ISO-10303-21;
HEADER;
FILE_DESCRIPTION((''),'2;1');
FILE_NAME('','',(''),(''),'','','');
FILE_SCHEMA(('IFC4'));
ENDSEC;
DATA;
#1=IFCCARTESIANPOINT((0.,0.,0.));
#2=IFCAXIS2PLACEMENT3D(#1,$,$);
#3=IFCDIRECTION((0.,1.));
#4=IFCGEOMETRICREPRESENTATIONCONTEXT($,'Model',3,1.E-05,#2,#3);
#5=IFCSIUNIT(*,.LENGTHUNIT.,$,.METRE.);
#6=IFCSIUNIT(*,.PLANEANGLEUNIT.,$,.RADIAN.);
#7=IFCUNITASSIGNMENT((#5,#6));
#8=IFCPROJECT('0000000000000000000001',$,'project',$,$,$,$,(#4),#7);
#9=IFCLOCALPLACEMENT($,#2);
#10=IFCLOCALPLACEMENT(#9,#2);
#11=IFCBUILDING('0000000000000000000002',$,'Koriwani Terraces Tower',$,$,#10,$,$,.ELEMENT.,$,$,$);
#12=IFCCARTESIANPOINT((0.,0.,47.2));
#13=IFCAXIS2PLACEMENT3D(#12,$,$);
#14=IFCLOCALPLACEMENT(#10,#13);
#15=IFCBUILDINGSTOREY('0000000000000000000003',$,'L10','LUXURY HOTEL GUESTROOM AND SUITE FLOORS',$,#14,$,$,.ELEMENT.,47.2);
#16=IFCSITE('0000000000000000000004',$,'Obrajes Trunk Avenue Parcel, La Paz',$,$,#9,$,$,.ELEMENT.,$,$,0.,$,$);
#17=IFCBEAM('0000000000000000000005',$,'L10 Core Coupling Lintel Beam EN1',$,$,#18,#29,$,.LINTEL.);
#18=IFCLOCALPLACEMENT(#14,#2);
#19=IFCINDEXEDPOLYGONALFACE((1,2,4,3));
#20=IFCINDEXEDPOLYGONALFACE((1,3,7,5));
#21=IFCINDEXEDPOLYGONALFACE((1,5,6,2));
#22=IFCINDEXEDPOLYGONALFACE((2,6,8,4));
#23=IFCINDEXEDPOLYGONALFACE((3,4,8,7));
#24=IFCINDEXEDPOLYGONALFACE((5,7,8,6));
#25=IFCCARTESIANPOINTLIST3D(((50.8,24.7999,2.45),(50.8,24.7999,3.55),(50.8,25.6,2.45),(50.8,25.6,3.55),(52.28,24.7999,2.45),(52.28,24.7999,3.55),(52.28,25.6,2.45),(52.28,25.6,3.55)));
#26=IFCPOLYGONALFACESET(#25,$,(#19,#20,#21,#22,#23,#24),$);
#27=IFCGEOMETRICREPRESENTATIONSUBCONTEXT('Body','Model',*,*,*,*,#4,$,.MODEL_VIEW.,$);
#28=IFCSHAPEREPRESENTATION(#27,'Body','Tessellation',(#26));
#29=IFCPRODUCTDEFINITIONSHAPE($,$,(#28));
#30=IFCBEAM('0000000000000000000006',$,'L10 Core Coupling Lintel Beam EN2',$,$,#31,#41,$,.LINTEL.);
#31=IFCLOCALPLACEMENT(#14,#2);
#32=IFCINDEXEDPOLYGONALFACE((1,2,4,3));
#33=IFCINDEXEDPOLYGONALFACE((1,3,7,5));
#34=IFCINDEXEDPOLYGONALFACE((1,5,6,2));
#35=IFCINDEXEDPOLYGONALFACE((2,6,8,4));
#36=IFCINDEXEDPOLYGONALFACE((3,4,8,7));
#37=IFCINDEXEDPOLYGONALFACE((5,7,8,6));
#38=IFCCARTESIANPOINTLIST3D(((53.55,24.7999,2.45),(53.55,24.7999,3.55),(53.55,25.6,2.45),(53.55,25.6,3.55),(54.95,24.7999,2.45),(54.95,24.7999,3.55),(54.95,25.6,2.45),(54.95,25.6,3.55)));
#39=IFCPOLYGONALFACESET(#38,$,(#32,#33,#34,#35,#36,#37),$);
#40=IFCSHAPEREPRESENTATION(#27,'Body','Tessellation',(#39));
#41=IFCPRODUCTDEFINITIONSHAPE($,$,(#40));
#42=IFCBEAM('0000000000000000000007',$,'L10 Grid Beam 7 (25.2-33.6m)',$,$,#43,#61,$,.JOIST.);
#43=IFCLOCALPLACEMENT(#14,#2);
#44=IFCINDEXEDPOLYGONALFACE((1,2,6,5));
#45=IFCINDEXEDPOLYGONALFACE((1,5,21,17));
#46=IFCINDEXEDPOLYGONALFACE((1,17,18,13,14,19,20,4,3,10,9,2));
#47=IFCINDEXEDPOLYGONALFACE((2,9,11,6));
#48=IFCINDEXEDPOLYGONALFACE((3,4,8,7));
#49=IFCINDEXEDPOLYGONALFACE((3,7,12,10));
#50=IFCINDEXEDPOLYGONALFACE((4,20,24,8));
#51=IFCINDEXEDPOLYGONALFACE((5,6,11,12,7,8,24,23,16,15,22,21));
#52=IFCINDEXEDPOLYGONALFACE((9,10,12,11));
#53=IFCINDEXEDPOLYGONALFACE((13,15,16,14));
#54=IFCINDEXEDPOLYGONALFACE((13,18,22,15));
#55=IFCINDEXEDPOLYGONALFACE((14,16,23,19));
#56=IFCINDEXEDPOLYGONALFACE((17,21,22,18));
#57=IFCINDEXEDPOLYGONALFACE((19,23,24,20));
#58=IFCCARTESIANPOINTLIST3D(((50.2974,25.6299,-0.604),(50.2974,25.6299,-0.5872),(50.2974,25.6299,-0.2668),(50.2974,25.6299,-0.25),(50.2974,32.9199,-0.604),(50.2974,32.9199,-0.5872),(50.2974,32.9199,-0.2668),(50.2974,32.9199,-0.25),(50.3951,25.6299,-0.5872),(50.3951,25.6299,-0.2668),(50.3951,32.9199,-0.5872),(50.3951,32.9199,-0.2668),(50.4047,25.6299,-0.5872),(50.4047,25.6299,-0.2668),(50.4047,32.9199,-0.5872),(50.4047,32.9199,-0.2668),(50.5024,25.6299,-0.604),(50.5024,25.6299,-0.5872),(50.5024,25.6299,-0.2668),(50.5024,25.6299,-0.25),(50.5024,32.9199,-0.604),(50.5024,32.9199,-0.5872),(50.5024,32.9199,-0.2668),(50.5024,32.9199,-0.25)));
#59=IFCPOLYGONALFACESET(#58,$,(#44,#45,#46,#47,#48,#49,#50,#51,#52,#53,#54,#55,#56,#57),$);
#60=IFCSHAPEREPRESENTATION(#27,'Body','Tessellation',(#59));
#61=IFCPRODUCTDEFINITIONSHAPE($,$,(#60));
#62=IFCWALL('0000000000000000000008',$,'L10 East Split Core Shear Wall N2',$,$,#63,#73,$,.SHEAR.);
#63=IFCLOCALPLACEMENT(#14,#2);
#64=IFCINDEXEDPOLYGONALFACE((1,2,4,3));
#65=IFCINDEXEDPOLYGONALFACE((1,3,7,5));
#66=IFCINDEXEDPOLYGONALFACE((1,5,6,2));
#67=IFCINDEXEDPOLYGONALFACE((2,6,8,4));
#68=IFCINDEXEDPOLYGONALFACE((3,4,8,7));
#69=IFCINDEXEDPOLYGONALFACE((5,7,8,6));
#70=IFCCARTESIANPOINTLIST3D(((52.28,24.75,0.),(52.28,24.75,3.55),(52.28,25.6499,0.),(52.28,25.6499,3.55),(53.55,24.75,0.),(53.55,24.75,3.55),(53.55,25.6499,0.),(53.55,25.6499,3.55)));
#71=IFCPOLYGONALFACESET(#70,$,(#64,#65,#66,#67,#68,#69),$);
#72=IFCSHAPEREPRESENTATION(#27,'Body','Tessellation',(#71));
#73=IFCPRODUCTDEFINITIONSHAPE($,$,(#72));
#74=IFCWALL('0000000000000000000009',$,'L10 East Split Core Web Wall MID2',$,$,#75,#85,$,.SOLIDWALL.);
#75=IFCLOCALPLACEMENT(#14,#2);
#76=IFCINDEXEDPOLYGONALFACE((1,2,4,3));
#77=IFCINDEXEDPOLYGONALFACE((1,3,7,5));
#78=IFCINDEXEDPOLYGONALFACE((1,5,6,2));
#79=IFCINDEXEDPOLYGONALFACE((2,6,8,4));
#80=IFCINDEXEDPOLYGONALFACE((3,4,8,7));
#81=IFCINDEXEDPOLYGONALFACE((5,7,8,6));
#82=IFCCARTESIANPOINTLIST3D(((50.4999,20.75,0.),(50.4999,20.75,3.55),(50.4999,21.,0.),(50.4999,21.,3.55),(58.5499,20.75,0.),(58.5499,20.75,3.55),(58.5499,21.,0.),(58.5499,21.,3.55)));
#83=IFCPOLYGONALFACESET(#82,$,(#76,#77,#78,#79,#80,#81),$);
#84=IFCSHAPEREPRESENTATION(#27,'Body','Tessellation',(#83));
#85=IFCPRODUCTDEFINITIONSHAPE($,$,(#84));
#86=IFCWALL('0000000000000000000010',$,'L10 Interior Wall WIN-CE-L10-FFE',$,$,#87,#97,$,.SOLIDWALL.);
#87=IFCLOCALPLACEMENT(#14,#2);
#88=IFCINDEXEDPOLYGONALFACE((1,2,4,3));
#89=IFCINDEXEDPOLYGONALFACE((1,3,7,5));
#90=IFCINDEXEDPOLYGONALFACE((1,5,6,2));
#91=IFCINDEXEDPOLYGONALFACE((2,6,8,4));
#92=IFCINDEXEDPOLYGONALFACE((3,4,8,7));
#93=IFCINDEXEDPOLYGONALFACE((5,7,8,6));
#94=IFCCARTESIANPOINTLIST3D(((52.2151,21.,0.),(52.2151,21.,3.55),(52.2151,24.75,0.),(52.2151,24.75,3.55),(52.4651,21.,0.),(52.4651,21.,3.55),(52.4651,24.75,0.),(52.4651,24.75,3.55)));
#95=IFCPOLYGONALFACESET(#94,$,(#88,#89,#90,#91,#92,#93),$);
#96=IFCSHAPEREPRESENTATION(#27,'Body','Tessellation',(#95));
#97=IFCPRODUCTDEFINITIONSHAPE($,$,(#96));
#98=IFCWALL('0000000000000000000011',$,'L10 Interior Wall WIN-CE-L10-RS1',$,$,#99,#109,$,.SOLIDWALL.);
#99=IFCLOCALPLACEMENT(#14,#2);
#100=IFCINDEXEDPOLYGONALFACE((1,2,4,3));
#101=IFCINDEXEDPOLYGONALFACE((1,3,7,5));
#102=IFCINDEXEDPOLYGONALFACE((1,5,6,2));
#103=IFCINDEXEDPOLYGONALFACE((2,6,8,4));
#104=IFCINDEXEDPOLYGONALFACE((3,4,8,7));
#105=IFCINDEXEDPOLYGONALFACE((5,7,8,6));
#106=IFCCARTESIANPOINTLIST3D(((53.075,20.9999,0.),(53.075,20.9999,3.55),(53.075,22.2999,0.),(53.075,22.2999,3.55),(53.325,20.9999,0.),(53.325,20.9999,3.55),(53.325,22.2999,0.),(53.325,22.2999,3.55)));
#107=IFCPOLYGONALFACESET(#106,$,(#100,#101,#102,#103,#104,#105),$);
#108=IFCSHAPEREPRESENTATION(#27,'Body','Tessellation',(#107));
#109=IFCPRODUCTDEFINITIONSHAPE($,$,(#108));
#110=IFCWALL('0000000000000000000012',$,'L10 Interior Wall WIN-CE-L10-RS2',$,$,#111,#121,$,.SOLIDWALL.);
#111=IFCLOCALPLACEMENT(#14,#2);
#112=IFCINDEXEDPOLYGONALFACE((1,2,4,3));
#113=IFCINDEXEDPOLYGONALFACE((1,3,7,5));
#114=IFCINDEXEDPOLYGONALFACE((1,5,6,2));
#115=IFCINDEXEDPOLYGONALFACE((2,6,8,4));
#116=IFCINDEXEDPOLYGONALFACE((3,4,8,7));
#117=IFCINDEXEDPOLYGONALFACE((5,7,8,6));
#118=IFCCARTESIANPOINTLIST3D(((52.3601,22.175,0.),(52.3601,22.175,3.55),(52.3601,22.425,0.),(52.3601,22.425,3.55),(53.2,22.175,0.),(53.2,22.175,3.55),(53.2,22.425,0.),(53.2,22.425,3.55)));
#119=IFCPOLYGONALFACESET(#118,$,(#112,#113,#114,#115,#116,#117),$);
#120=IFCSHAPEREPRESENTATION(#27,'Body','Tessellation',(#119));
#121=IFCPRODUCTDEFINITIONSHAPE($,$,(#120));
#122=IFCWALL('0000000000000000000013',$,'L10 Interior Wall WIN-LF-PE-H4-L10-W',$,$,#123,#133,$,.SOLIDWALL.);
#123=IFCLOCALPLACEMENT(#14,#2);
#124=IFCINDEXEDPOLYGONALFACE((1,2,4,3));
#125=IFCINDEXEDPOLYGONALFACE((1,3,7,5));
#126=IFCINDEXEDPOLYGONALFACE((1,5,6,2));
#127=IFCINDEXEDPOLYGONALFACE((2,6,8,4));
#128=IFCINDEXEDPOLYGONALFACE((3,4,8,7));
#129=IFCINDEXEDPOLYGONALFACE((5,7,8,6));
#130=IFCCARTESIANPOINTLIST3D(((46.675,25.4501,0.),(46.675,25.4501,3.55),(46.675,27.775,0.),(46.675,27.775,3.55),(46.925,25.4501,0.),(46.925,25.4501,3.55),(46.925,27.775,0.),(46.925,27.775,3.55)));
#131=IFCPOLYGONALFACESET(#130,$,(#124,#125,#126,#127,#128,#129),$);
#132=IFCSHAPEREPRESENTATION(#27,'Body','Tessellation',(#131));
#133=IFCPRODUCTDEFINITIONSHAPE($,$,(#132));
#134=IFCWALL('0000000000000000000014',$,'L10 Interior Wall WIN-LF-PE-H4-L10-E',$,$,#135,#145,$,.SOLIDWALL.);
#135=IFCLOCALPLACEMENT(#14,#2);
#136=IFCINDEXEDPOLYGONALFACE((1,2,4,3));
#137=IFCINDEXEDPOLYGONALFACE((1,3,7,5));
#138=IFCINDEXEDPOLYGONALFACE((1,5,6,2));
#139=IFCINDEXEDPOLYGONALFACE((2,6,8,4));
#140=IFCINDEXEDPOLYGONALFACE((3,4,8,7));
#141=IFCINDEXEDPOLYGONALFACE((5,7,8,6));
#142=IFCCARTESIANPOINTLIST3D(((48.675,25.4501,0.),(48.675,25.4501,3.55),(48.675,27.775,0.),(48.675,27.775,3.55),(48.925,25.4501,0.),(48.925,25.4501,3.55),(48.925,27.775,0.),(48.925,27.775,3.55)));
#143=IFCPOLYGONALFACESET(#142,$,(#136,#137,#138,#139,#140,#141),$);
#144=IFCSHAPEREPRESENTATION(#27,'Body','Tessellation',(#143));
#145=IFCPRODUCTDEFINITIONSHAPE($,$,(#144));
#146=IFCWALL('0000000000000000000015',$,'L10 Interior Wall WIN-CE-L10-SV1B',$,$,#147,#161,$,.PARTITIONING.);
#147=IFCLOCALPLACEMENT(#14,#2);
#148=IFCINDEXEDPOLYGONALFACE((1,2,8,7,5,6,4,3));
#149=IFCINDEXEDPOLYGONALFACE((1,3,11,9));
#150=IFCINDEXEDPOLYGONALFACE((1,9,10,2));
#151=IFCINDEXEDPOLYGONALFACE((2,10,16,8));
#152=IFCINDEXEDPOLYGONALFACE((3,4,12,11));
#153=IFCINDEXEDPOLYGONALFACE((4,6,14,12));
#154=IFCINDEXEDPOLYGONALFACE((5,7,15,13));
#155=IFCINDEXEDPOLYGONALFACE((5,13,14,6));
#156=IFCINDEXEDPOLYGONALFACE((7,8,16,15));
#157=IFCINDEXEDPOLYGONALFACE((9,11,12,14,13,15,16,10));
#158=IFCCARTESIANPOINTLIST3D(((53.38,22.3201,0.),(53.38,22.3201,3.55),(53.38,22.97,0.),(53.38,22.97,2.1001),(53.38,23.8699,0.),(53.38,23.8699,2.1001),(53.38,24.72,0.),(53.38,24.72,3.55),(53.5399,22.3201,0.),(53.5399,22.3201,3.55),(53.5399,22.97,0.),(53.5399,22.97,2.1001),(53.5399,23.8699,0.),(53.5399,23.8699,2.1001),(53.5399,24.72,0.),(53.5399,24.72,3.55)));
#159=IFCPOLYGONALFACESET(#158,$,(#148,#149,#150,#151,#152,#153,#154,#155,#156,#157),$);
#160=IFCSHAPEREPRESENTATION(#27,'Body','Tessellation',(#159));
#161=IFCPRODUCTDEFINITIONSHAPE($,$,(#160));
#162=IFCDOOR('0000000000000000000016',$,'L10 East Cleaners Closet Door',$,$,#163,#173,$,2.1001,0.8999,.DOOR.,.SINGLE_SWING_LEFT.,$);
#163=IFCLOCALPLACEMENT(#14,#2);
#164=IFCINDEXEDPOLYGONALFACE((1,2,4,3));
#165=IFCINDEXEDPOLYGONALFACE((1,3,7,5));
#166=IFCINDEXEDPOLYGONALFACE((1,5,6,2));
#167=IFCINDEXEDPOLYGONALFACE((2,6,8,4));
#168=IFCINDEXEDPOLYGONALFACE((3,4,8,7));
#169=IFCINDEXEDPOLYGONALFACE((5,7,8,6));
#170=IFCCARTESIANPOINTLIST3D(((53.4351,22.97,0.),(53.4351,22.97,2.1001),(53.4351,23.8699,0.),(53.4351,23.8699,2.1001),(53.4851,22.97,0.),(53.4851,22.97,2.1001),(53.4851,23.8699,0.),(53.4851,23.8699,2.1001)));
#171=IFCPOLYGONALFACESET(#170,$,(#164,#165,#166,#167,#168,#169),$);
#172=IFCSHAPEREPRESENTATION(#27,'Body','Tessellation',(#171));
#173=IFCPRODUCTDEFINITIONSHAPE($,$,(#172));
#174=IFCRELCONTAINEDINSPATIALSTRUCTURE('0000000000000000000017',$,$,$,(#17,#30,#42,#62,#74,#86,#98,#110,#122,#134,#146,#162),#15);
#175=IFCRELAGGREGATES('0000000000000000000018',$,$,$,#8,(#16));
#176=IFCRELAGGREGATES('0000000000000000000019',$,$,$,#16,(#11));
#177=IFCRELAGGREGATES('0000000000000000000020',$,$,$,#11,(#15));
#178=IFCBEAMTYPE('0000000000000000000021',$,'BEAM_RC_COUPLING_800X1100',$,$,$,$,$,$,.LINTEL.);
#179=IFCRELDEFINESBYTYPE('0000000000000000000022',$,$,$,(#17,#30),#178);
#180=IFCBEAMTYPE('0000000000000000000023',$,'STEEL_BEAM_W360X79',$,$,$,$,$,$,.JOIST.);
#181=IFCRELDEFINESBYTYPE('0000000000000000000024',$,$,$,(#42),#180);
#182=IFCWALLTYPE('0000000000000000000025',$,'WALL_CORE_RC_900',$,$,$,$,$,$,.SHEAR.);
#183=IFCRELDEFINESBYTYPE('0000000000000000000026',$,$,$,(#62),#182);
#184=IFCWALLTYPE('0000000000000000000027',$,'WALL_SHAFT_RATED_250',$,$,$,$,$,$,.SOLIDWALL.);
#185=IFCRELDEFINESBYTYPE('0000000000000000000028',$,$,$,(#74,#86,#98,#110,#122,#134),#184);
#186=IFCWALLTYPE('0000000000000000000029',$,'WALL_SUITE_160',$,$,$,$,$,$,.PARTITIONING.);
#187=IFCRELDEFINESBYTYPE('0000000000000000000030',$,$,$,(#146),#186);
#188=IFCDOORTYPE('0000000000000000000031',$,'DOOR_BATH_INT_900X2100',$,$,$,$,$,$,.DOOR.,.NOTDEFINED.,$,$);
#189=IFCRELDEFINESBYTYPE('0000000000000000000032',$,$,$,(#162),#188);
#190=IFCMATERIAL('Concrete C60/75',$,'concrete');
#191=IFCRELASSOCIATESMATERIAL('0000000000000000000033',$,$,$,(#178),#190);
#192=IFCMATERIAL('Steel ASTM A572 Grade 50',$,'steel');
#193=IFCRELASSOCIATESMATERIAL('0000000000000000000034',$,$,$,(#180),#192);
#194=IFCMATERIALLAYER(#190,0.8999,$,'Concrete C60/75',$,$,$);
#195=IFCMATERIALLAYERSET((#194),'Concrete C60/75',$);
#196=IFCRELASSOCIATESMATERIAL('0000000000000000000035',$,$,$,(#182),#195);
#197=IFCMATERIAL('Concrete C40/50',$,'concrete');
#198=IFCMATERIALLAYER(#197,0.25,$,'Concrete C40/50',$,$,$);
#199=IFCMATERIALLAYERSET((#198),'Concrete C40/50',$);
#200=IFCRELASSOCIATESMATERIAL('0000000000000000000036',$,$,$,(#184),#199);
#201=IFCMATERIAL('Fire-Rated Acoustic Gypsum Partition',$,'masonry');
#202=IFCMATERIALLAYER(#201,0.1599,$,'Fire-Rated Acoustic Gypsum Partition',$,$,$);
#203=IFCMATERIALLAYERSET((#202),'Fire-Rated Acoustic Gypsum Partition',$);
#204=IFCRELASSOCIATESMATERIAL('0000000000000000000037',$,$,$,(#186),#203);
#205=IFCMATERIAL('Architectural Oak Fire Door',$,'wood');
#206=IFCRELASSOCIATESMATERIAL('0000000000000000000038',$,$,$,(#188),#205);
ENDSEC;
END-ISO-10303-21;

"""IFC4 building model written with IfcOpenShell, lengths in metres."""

from ifc_helpers import new_model, si_unit, direction, frame, frame_2d, origin, origin_2d, place, context, subcontext, project, spatial, rectangle, i_section, extrude, material, layer, layer_set, material_profile, profile_set, type_object, element, fill, save


model = new_model("IFC4")

# Units and contexts
model_context = context("Model", 3, precision=1e-05, world=origin(), true_north=direction((0.0, 1.0)))
body_context = subcontext(model_context, "Body", "Model", "MODEL_VIEW")
ifc_project = project(units=[si_unit("LENGTHUNIT", "METRE"), si_unit("PLANEANGLEUNIT", "RADIAN")], contexts=[model_context])

# Site, building, storey
site_placement = place(None, origin())
site = spatial("IfcSite", under=ifc_project, at=site_placement, Name="Obrajes Trunk Avenue Parcel, La Paz", CompositionType="ELEMENT", RefElevation=0.0)
building_placement = place(site_placement, origin())
building = spatial("IfcBuilding", under=site, at=building_placement, Name="Koriwani Terraces Tower", CompositionType="ELEMENT")
storey_placement = place(building_placement, frame((0.0, 0.0, 47.2)))
storey = spatial("IfcBuildingStorey", under=building, at=storey_placement, Name="L10", Description="LUXURY HOTEL GUESTROOM AND SUITE FLOORS", CompositionType="ELEMENT", Elevation=47.2)

# Beams
ifc_material_1 = material(Name="Concrete C60/75", Category="concrete")
ifc_material_profile_1 = material_profile(ifc_material_1, rectangle(XDim=0.8, YDim=1.1001, at=origin_2d()), Name="Concrete C60/75", Category="LoadBearing")
ifc_profile_set_1 = profile_set([ifc_material_profile_1], Name="Concrete C60/75")
beam_type_1 = type_object("IfcBeamType", Name="BEAM_RC_COUPLING_800X1100", PredefinedType="LINTEL", material=ifc_profile_set_1)
beam_1_placement = place(storey_placement, frame((50.8, 25.2, 3.0), z_axis=(1.0, 0.0, 0.0), x_axis=(0.0, 1.0, 0.0)))
element("IfcBeam", 1, at=beam_1_placement, inside=storey, type_object=beam_type_1, Name="L10 Core Coupling Lintel Beam EN1", PredefinedType="LINTEL", context=body_context, shape_type="SweptSolid", body=[
    extrude(rectangle(XDim=0.8, YDim=1.1001, at=origin_2d()), origin(), (0.0, 0.0, 1.0), 1.48),
])
beam_2_placement = place(storey_placement, frame((53.55, 25.2, 3.0), z_axis=(1.0, 0.0, 0.0), x_axis=(0.0, 1.0, 0.0)))
element("IfcBeam", 2, at=beam_2_placement, inside=storey, type_object=beam_type_1, Name="L10 Core Coupling Lintel Beam EN2", PredefinedType="LINTEL", context=body_context, shape_type="SweptSolid", body=[
    extrude(rectangle(XDim=0.8, YDim=1.1001, at=origin_2d()), origin(), (0.0, 0.0, 1.0), 1.3999),
])
ifc_material_2 = material(Name="Steel ASTM A572 Grade 50", Category="steel")
ifc_material_profile_2 = material_profile(ifc_material_2, i_section(OverallWidth=0.2051, OverallDepth=0.354, WebThickness=0.0095, FlangeThickness=0.0168, at=origin_2d()), Name="Steel ASTM A572 Grade 50", Category="LoadBearing")
ifc_profile_set_2 = profile_set([ifc_material_profile_2], Name="Steel ASTM A572 Grade 50")
beam_type_2 = type_object("IfcBeamType", Name="STEEL_BEAM_W360X79", PredefinedType="JOIST", material=ifc_profile_set_2)
beam_3_placement = place(storey_placement, frame((50.3999, 25.6299, -0.427), z_axis=(0.0, 1.0, 0.0), x_axis=(-1.0, 0.0, 0.0)))
element("IfcBeam", 3, at=beam_3_placement, inside=storey, type_object=beam_type_2, Name="L10 Grid Beam 7 (25.2-33.6m)", PredefinedType="JOIST", context=body_context, shape_type="SweptSolid", body=[
    extrude(i_section(OverallWidth=0.2051, OverallDepth=0.354, WebThickness=0.0095, FlangeThickness=0.0168, at=origin_2d()), origin(), (0.0, 0.0, 1.0), 7.29),
])

# Walls
ifc_layer_1 = layer(ifc_material_1, 0.8999, Name="Concrete C60/75")
ifc_layer_set_1 = layer_set([ifc_layer_1], Name="Concrete C60/75")
wall_type_1 = type_object("IfcWallType", Name="WALL_CORE_RC_900", PredefinedType="SHEAR", material=ifc_layer_set_1)
wall_1_placement = place(storey_placement, frame((52.28, 25.2, 0.0), z_axis=(0.0, 0.0, 1.0), x_axis=(1.0, 0.0, 0.0)))
element("IfcWall", 4, at=wall_1_placement, inside=storey, type_object=wall_type_1, Name="L10 East Split Core Shear Wall N2", PredefinedType="SHEAR", context=body_context, shape_type="SweptSolid", body=[
    extrude(rectangle(XDim=1.27, YDim=0.8999, at=frame_2d((0.635, 0.0))), origin(), (0.0, 0.0, 1.0), 3.55),
])
ifc_material_3 = material(Name="Concrete C40/50", Category="concrete")
ifc_layer_2 = layer(ifc_material_3, 0.25, Name="Concrete C40/50")
ifc_layer_set_2 = layer_set([ifc_layer_2], Name="Concrete C40/50")
wall_type_2 = type_object("IfcWallType", Name="WALL_SHAFT_RATED_250", PredefinedType="SOLIDWALL", material=ifc_layer_set_2)
wall_2_placement = place(storey_placement, frame((50.5, 20.875, 0.0), z_axis=(0.0, 0.0, 1.0), x_axis=(1.0, 0.0, 0.0)))
element("IfcWall", 5, at=wall_2_placement, inside=storey, type_object=wall_type_2, Name="L10 East Split Core Web Wall MID2", PredefinedType="SOLIDWALL", context=body_context, shape_type="SweptSolid", body=[
    extrude(rectangle(XDim=8.05, YDim=0.25, at=frame_2d((4.0249, 0.0))), origin(), (0.0, 0.0, 1.0), 3.55),
])

# Walls
wall_3_placement = place(storey_placement, frame((52.3401, 21.0, 0.0), z_axis=(0.0, 0.0, 1.0), x_axis=(0.0, 1.0, 0.0)))
element("IfcWall", 6, at=wall_3_placement, inside=storey, type_object=wall_type_2, Name="L10 Interior Wall WIN-CE-L10-FFE", PredefinedType="SOLIDWALL", context=body_context, shape_type="SweptSolid", body=[
    extrude(rectangle(XDim=3.75, YDim=0.25, at=frame_2d((1.875, 0.0))), origin(), (0.0, 0.0, 1.0), 3.55),
])
wall_4_placement = place(storey_placement, frame((53.2, 21.0, 0.0), z_axis=(0.0, 0.0, 1.0), x_axis=(0.0, 1.0, 0.0)))
element("IfcWall", 7, at=wall_4_placement, inside=storey, type_object=wall_type_2, Name="L10 Interior Wall WIN-CE-L10-RS1", PredefinedType="SOLIDWALL", context=body_context, shape_type="SweptSolid", body=[
    extrude(rectangle(XDim=1.3, YDim=0.25, at=frame_2d((0.6499, 0.0))), origin(), (0.0, 0.0, 1.0), 3.55),
])
wall_5_placement = place(storey_placement, frame((52.3601, 22.3, 0.0), z_axis=(0.0, 0.0, 1.0), x_axis=(1.0, 0.0, 0.0)))
element("IfcWall", 8, at=wall_5_placement, inside=storey, type_object=wall_type_2, Name="L10 Interior Wall WIN-CE-L10-RS2", PredefinedType="SOLIDWALL", context=body_context, shape_type="SweptSolid", body=[
    extrude(rectangle(XDim=0.8398, YDim=0.25, at=frame_2d((0.4199, 0.0))), origin(), (0.0, 0.0, 1.0), 3.55),
])
for number, where, z_axis, x_axis, name in (
    (9, (46.8, 25.45, 0.0), (0.0, 0.0, 1.0), (0.0, 1.0, 0.0), "L10 Interior Wall WIN-LF-PE-H4-L10-W"),
    (10, (48.8, 25.45, 0.0), (0.0, 0.0, 1.0), (0.0, 1.0, 0.0), "L10 Interior Wall WIN-LF-PE-H4-L10-E"),
):
    element("IfcWall", number, at=place(storey_placement, frame(where, z_axis=z_axis, x_axis=x_axis)), inside=storey, type_object=wall_type_2, Name=name, PredefinedType="SOLIDWALL", context=body_context, shape_type="SweptSolid", body=[
        extrude(rectangle(XDim=2.325, YDim=0.25, at=frame_2d((1.1626, 0.0))), origin(), (0.0, 0.0, 1.0), 3.55),
    ])

# Wall, opening, door
ifc_material_4 = material(Name="Fire-Rated Acoustic Gypsum Partition", Category="masonry")
ifc_layer_3 = layer(ifc_material_4, 0.1599, Name="Fire-Rated Acoustic Gypsum Partition")
ifc_layer_set_3 = layer_set([ifc_layer_3], Name="Fire-Rated Acoustic Gypsum Partition")
wall_type_3 = type_object("IfcWallType", Name="WALL_SUITE_160", PredefinedType="PARTITIONING", material=ifc_layer_set_3)
wall_6_placement = place(storey_placement, frame((53.46, 22.3201, 0.0), z_axis=(0.0, 0.0, 1.0), x_axis=(0.0, 1.0, 0.0)))
wall_6 = element("IfcWall", 11, at=wall_6_placement, inside=storey, type_object=wall_type_3, Name="L10 Interior Wall WIN-CE-L10-SV1B", PredefinedType="PARTITIONING", context=body_context, shape_type="SweptSolid", body=[
    extrude(rectangle(XDim=2.3999, YDim=0.1599, at=frame_2d((1.2, 0.0))), origin(), (0.0, 0.0, 1.0), 3.55),
])
opening_1_placement = place(wall_6_placement, frame((0.6499, 0.0, 0.0)))
opening_1 = element("IfcOpeningElement", 12, at=opening_1_placement, cuts=wall_6, PredefinedType="OPENING", context=body_context, shape_type="SweptSolid", body=[
    extrude(rectangle(XDim=0.8999, YDim=2.1001, at=frame_2d((0.45, 1.05))), frame((0.0, 0.0898, 0.0), z_axis=(0.0, -1.0, 0.0), x_axis=(1.0, 0.0, 0.0)), (0.0, 0.0, 1.0), 0.1799),
])
ifc_material_5 = material(Name="Architectural Oak Fire Door", Category="wood")
door_type_1 = type_object("IfcDoorType", Name="DOOR_BATH_INT_900X2100", OperationType="NOTDEFINED", PredefinedType="DOOR", material=ifc_material_5)
door_1_placement = place(opening_1_placement, origin())
door_1 = element("IfcDoor", 13, at=door_1_placement, inside=storey, type_object=door_type_1, Name="L10 East Cleaners Closet Door", OperationType="SINGLE_SWING_LEFT", OverallHeight=2.1001, OverallWidth=0.8999, PredefinedType="DOOR", context=body_context, shape_type="SweptSolid", body=[
    extrude(rectangle(XDim=0.8999, YDim=2.1001, at=frame_2d((0.45, 1.05))), frame((0.0, 0.0249, 0.0), z_axis=(0.0, -1.0, 0.0), x_axis=(1.0, 0.0, 0.0)), (0.0, 0.0, 1.0), 0.05),
])
fill(opening_1, door_1)

save(model, "model.ifc")
